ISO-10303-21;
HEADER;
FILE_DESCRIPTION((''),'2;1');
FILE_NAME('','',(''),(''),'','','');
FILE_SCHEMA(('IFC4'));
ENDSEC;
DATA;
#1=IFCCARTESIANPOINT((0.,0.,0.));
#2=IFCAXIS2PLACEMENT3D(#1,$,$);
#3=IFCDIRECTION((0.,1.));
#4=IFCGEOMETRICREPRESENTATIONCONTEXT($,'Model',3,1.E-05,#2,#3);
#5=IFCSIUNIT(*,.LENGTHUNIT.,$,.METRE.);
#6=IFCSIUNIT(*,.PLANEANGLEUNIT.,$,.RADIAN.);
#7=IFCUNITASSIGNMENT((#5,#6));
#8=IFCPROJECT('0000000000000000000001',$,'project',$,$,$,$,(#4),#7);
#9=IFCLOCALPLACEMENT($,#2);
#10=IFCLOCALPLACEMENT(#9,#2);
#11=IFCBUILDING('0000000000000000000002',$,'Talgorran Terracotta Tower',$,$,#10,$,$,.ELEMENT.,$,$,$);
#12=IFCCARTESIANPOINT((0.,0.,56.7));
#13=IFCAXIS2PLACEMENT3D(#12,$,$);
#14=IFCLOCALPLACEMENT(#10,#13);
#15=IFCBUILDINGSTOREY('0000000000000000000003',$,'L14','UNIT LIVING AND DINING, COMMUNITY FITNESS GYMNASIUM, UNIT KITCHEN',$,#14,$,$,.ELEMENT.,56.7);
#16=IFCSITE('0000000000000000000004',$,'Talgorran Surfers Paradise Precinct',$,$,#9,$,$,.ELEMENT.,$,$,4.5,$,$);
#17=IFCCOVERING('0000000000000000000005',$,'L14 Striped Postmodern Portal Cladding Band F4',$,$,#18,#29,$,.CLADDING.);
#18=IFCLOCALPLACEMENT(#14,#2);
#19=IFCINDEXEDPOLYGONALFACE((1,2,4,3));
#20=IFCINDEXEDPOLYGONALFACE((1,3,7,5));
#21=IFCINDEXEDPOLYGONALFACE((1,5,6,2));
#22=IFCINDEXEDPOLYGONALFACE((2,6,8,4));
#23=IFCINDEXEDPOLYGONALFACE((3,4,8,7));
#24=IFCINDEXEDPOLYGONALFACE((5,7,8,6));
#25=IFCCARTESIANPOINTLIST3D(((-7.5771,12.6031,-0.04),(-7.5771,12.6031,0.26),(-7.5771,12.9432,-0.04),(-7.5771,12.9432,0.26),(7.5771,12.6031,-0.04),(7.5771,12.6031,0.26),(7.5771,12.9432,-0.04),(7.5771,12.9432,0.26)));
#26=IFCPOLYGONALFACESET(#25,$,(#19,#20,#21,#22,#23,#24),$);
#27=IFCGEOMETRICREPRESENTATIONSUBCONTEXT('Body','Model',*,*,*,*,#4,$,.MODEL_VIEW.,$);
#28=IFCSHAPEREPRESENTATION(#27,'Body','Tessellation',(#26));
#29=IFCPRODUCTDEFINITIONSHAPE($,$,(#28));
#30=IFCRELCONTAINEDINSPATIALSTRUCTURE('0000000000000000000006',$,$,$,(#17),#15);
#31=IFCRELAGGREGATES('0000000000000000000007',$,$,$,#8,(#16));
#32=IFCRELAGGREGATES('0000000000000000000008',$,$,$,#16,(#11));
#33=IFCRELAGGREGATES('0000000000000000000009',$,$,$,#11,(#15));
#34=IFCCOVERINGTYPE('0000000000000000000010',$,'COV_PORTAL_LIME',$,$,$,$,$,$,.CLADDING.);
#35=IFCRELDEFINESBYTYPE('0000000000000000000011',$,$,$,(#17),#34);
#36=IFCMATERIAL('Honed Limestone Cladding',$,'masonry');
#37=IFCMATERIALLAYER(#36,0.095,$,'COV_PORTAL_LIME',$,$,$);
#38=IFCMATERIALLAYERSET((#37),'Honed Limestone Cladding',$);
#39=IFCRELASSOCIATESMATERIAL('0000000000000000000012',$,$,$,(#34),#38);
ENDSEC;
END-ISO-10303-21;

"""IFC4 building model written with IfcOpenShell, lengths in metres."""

from ifc_helpers import new_model, si_unit, direction, frame, origin, origin_2d, place, context, subcontext, project, spatial, rectangle, extrude, material, layer, layer_set, type_object, element, save


model = new_model("IFC4")

# Units and contexts
model_context = context("Model", 3, precision=1e-05, world=origin(), true_north=direction((0.0, 1.0)))
body_context = subcontext(model_context, "Body", "Model", "MODEL_VIEW")
ifc_project = project(units=[si_unit("LENGTHUNIT", "METRE"), si_unit("PLANEANGLEUNIT", "RADIAN")], contexts=[model_context])

# Site, building, storey
site_placement = place(None, origin())
site = spatial("IfcSite", under=ifc_project, at=site_placement, Name="Talgorran Surfers Paradise Precinct", CompositionType="ELEMENT", RefElevation=4.5)
building_placement = place(site_placement, origin())
building = spatial("IfcBuilding", under=site, at=building_placement, Name="Talgorran Terracotta Tower", CompositionType="ELEMENT")
storey_placement = place(building_placement, frame((0.0, 0.0, 56.7)))
storey = spatial("IfcBuildingStorey", under=building, at=storey_placement, Name="L14", Description="UNIT LIVING AND DINING, COMMUNITY FITNESS GYMNASIUM, UNIT KITCHEN", CompositionType="ELEMENT", Elevation=56.7)

# Covering
ifc_material_1 = material(Name="Honed Limestone Cladding", Category="masonry")
ifc_layer_1 = layer(ifc_material_1, 0.095, Name="COV_PORTAL_LIME")
ifc_layer_set_1 = layer_set([ifc_layer_1], Name="Honed Limestone Cladding")
covering_type_1 = type_object("IfcCoveringType", Name="COV_PORTAL_LIME", PredefinedType="CLADDING", material=ifc_layer_set_1)
covering_1_placement = place(storey_placement, frame((0.0, 12.7732, -0.04), z_axis=(0.0, 0.0, 1.0), x_axis=(-1.0, 0.0, 0.0)))
element("IfcCovering", 1, at=covering_1_placement, inside=storey, type_object=covering_type_1, Name="L14 Striped Postmodern Portal Cladding Band F4", PredefinedType="CLADDING", context=body_context, shape_type="SweptSolid", body=[
    extrude(rectangle(XDim=15.1543, YDim=0.3401, at=origin_2d()), origin(), (0.0, 0.0, 1.0), 0.3),
])

save(model, "model.ifc")
